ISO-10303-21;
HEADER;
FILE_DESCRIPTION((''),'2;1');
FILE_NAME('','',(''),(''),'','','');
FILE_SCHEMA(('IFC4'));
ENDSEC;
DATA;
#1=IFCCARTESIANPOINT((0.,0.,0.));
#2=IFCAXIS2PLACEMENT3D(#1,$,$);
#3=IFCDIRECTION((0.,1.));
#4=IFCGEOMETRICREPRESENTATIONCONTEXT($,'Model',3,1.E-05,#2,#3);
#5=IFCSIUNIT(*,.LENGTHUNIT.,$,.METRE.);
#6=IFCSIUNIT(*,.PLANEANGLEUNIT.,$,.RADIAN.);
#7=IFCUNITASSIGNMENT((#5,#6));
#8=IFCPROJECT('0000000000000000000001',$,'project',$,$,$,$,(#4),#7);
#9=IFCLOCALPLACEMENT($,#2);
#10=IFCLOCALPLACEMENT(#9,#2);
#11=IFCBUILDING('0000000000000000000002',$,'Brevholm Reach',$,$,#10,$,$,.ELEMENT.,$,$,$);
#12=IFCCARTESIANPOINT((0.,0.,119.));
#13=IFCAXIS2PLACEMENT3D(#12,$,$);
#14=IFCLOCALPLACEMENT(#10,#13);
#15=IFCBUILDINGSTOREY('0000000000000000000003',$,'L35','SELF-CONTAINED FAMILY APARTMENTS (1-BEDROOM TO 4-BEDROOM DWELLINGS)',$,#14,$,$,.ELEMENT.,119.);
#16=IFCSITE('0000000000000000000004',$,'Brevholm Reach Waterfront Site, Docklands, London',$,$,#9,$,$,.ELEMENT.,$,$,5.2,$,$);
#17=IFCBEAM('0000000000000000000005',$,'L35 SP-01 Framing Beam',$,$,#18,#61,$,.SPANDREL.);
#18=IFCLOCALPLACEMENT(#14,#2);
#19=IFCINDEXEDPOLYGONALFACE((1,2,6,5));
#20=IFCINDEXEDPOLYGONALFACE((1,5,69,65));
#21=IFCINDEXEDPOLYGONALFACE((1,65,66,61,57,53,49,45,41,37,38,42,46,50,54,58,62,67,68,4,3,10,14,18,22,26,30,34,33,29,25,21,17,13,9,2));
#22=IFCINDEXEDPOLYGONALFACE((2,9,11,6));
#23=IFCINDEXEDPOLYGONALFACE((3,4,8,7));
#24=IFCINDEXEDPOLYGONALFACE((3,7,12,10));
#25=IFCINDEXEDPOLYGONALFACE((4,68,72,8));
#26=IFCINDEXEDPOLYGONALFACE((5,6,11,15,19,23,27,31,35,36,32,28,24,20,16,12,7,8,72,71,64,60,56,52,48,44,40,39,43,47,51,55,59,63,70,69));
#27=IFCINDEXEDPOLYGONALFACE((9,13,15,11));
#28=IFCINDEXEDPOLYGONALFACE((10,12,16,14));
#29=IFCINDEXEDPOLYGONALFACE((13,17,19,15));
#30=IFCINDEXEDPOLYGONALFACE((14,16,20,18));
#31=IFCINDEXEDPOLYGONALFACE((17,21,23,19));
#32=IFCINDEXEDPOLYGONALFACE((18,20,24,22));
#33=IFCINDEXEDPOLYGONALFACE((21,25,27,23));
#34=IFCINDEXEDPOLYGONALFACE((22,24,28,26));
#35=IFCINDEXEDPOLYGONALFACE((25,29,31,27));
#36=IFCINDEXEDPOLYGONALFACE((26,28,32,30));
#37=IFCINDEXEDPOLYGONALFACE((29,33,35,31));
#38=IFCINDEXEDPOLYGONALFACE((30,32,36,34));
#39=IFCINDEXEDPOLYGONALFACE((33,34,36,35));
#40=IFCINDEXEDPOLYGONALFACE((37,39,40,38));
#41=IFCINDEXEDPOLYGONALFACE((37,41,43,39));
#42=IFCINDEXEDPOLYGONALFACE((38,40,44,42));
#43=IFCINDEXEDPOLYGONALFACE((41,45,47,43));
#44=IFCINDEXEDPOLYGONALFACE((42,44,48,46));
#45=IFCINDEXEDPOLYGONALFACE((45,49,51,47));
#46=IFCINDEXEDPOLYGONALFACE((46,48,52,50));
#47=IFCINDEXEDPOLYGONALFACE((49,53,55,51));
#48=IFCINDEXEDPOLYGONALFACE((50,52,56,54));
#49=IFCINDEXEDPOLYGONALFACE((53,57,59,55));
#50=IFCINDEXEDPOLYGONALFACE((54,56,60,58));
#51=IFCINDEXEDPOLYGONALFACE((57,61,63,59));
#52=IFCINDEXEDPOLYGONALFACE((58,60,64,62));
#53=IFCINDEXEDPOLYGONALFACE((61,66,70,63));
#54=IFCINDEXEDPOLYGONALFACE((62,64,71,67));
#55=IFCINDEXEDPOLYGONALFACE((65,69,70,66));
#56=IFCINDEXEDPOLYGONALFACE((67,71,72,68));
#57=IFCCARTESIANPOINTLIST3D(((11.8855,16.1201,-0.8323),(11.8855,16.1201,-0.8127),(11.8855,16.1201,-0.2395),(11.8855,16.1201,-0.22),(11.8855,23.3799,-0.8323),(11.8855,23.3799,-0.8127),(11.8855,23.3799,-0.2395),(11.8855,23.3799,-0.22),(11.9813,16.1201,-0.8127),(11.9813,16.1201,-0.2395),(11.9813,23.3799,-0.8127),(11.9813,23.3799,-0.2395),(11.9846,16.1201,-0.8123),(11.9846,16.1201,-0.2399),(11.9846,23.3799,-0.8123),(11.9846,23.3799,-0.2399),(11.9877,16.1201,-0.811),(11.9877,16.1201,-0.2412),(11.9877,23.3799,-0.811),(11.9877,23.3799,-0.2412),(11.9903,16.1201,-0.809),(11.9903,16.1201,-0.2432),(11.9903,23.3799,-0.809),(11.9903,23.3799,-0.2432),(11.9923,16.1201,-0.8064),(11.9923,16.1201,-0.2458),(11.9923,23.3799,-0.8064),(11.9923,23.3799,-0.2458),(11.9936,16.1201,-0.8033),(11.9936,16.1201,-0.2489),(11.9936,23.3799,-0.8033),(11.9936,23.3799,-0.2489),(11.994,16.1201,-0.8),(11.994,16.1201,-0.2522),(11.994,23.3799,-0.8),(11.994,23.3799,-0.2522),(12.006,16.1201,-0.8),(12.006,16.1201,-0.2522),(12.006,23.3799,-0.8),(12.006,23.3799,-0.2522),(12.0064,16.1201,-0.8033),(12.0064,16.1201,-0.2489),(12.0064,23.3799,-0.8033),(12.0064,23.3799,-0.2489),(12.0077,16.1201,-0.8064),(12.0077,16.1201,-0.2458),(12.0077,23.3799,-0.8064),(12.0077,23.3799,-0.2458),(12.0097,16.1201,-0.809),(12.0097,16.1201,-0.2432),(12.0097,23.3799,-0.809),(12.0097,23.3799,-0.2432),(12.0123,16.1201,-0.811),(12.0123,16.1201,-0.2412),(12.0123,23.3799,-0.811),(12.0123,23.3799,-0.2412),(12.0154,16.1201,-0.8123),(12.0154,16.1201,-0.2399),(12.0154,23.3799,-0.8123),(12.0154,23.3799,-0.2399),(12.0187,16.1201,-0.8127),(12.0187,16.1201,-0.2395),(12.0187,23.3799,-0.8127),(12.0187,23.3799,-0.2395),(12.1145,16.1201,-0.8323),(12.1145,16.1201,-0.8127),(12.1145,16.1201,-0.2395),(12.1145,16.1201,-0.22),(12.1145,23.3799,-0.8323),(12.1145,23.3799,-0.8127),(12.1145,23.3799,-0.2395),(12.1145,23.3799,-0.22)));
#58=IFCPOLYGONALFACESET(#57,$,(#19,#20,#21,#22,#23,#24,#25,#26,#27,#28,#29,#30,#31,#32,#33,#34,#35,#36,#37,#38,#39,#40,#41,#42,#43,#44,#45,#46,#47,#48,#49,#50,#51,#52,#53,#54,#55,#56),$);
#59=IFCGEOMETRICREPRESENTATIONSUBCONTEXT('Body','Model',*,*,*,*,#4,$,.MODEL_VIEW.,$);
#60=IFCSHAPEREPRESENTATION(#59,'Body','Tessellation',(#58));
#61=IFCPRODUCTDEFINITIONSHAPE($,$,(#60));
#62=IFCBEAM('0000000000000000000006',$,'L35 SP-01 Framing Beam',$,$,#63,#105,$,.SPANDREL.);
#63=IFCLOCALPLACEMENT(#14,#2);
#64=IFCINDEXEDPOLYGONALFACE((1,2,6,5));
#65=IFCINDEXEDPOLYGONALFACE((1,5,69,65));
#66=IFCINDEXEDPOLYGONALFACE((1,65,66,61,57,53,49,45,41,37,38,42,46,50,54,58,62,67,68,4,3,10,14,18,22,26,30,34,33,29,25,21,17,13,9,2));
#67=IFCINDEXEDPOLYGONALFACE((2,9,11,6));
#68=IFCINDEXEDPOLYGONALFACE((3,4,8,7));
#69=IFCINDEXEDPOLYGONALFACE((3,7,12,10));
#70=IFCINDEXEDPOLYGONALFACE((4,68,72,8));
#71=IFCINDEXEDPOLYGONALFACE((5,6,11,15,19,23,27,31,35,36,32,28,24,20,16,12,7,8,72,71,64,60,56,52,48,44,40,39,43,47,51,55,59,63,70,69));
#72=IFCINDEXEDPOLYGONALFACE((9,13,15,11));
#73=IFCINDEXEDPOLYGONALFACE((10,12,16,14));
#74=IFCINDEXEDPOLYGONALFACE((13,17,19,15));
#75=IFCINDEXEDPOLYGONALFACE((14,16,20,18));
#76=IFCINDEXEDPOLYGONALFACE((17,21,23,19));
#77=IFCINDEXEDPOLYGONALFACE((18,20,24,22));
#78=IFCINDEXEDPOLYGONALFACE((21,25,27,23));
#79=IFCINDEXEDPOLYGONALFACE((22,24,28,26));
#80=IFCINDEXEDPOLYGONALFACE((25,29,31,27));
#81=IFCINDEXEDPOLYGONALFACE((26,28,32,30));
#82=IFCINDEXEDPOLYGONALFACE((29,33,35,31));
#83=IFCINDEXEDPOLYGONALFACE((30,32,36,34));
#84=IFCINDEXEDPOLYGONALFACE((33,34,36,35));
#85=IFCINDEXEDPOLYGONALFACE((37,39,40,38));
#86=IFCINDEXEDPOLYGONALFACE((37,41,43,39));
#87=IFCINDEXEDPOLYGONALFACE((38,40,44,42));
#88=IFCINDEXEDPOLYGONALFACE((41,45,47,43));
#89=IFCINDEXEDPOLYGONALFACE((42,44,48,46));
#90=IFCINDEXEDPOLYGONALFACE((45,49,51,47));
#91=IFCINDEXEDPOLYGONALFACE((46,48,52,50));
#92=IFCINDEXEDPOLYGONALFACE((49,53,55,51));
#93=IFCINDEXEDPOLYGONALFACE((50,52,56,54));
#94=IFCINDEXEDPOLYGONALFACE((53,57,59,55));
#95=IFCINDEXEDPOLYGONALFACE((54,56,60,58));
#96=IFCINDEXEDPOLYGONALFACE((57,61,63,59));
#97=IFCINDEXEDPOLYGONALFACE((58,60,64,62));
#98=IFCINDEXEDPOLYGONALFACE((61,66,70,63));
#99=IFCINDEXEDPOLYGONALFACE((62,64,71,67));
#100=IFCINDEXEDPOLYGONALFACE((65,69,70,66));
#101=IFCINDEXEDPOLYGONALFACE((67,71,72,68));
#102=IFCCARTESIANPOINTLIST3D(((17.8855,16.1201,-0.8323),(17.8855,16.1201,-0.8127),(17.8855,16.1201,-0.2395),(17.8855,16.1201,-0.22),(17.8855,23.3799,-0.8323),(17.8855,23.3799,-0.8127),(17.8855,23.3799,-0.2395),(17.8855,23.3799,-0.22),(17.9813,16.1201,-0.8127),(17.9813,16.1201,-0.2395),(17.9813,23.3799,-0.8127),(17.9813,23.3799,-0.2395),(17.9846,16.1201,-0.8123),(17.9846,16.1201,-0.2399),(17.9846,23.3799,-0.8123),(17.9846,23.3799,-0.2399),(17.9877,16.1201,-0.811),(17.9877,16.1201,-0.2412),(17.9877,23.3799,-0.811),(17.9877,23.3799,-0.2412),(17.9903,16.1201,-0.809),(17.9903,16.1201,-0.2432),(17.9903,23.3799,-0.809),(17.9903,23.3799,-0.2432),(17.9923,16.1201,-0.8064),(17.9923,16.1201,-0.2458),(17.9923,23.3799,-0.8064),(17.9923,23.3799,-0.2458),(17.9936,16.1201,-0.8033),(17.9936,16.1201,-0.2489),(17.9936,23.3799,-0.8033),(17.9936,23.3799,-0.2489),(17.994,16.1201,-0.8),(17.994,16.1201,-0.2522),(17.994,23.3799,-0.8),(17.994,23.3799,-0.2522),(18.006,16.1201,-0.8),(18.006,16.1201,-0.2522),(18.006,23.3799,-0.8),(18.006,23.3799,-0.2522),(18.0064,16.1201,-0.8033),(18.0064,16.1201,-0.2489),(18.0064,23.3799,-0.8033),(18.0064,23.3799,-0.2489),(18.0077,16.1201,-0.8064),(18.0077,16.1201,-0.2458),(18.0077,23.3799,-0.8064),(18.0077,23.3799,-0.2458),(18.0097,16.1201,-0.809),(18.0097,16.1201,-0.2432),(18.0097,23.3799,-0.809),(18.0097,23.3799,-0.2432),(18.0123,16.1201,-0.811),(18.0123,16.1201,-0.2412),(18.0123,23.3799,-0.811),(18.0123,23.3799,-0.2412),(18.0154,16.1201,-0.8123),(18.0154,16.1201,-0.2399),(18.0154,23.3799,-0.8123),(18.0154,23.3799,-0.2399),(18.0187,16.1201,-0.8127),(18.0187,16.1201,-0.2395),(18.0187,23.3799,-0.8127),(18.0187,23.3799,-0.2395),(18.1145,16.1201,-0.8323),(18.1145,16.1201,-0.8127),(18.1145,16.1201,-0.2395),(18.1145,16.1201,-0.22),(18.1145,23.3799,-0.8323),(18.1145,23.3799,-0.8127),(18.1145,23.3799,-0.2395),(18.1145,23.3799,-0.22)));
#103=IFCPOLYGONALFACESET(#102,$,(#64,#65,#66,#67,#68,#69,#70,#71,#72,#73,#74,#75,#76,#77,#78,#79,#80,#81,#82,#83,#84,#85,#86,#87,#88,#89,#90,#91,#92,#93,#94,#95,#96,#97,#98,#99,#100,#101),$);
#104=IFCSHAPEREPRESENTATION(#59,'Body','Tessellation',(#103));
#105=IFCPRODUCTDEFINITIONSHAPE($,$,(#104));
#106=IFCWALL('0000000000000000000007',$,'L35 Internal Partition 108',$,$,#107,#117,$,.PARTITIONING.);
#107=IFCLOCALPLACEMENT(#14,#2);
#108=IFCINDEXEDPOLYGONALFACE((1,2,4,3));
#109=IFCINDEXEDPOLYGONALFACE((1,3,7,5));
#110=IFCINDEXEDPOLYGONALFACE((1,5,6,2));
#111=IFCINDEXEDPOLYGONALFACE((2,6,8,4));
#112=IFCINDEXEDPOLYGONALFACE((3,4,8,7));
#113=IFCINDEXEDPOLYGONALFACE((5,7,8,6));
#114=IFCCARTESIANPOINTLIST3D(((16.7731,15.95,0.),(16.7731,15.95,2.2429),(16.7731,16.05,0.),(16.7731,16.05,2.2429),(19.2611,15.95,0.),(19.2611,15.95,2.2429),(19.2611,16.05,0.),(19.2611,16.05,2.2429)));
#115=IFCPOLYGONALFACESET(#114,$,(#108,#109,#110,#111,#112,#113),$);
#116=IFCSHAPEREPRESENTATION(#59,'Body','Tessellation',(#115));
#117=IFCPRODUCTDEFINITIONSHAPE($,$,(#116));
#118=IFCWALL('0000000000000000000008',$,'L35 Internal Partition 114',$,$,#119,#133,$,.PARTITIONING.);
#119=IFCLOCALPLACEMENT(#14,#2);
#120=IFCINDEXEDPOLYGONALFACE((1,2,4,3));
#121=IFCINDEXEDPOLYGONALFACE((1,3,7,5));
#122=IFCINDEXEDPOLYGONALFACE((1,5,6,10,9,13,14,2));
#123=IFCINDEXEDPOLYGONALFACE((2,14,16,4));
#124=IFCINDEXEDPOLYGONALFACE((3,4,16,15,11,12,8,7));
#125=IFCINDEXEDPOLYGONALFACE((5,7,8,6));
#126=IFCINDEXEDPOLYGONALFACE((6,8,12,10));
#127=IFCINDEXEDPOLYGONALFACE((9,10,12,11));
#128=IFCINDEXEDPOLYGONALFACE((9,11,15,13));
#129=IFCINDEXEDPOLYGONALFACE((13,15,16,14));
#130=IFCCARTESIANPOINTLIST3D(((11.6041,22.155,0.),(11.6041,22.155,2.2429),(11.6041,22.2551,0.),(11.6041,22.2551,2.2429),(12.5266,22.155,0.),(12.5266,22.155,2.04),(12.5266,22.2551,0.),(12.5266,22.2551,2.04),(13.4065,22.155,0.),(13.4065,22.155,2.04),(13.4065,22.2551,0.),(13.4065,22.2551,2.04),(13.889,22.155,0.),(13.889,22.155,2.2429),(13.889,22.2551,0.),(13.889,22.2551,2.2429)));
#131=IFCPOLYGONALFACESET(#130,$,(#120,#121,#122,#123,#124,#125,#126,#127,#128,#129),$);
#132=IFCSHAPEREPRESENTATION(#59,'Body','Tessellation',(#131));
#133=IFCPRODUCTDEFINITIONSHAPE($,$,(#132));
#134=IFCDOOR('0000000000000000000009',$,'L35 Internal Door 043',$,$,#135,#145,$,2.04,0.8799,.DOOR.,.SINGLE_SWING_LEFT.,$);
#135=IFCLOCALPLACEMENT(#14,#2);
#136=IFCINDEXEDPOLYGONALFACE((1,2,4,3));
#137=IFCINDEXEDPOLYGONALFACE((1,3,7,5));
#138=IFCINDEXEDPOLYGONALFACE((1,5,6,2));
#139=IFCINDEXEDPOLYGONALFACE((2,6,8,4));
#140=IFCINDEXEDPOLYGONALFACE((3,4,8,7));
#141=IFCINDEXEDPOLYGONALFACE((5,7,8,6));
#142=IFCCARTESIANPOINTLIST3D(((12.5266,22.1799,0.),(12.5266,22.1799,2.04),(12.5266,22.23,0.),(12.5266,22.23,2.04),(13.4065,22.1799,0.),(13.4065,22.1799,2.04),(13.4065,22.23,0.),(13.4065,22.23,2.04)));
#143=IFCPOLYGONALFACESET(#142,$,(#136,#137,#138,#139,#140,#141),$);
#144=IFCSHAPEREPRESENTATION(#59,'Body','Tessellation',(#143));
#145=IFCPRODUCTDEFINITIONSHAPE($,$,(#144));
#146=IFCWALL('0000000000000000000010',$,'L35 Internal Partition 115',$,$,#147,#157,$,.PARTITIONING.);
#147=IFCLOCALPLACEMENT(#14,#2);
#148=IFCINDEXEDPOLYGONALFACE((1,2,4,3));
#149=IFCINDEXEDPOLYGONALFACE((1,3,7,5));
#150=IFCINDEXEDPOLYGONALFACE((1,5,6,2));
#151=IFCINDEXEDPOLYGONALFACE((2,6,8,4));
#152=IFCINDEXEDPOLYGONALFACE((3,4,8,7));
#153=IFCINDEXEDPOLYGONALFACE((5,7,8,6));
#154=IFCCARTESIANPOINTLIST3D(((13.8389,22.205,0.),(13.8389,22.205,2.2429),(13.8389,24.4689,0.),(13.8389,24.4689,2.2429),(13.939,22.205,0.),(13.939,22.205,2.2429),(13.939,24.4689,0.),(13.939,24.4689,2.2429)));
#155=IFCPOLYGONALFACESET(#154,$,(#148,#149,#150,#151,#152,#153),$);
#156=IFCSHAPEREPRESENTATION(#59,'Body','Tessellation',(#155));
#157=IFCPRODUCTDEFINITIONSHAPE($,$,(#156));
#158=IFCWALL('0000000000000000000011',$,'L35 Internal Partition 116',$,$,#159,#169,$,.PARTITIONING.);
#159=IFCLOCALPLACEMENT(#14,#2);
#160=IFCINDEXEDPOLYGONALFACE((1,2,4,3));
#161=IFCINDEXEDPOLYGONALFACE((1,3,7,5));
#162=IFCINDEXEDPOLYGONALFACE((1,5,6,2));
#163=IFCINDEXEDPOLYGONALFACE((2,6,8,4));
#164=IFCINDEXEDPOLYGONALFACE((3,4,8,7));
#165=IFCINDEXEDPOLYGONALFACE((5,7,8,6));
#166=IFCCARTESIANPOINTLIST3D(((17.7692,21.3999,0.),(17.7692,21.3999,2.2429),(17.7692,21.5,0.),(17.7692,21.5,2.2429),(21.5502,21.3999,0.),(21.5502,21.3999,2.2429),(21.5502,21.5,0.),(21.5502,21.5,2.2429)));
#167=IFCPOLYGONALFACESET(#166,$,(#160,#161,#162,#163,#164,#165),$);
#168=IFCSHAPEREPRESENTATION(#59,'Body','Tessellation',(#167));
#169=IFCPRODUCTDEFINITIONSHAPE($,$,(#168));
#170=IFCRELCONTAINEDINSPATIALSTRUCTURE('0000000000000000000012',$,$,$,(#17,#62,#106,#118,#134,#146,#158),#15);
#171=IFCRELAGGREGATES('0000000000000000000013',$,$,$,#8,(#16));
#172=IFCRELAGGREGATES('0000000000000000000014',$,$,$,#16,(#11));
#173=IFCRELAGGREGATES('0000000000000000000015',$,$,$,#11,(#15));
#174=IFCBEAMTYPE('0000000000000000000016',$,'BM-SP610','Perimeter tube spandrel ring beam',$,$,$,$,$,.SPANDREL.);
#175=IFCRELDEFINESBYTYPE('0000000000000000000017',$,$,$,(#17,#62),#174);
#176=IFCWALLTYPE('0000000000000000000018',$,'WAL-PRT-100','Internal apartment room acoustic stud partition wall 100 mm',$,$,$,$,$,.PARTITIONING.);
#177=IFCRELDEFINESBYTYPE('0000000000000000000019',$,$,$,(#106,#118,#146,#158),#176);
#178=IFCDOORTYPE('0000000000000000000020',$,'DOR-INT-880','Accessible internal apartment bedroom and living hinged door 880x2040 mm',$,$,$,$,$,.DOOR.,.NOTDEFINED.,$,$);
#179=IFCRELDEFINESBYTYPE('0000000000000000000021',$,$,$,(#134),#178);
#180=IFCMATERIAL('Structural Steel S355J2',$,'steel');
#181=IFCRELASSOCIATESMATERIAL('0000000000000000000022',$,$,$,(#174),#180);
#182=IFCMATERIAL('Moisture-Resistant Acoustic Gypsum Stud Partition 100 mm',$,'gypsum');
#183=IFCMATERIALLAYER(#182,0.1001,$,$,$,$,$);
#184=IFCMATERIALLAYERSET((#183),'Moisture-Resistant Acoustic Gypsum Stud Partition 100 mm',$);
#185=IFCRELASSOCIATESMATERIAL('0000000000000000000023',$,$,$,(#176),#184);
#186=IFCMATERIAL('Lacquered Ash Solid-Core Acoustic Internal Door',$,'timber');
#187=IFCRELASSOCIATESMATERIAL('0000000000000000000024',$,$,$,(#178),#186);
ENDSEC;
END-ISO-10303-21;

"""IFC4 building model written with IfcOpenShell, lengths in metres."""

from ifc_helpers import new_model, si_unit, direction, frame, frame_2d, origin, origin_2d, place, context, subcontext, project, spatial, rectangle, i_section, extrude, material, layer, layer_set, material_profile, profile_set, type_object, element, fill, save


model = new_model("IFC4")

# Units and contexts
model_context = context("Model", 3, precision=1e-05, world=origin(), true_north=direction((0.0, 1.0)))
body_context = subcontext(model_context, "Body", "Model", "MODEL_VIEW")
ifc_project = project(units=[si_unit("LENGTHUNIT", "METRE"), si_unit("PLANEANGLEUNIT", "RADIAN")], contexts=[model_context])

# Site, building, storey
site_placement = place(None, origin())
site = spatial("IfcSite", under=ifc_project, at=site_placement, Name="Brevholm Reach Waterfront Site, Docklands, London", CompositionType="ELEMENT", RefElevation=5.2)
building_placement = place(site_placement, origin())
building = spatial("IfcBuilding", under=site, at=building_placement, Name="Brevholm Reach", CompositionType="ELEMENT")
storey_placement = place(building_placement, frame((0.0, 0.0, 119.0)))
storey = spatial("IfcBuildingStorey", under=building, at=storey_placement, Name="L35", Description="SELF-CONTAINED FAMILY APARTMENTS (1-BEDROOM TO 4-BEDROOM DWELLINGS)", CompositionType="ELEMENT", Elevation=119.0)

# Beams
ifc_material_1 = material(Name="Structural Steel S355J2", Category="steel")
ifc_material_profile_1 = material_profile(ifc_material_1, i_section(OverallWidth=0.229, OverallDepth=0.6123, WebThickness=0.012, FlangeThickness=0.0195, FilletRadius=0.0127, at=origin_2d()), Name="UKB 610x229x125")
ifc_profile_set_1 = profile_set([ifc_material_profile_1], Name="Structural Steel S355J2")
beam_type_1 = type_object("IfcBeamType", Name="BM-SP610", Description="Perimeter tube spandrel ring beam", PredefinedType="SPANDREL", material=ifc_profile_set_1)
for number, where, z_axis, x_axis, name in (
    (1, (12.0, 16.1201, -0.5261), (0.0, 1.0, 0.0), (-1.0, 0.0, 0.0), "L35 SP-01 Framing Beam"),
    (2, (18.0, 16.1201, -0.5261), (0.0, 1.0, 0.0), (-1.0, 0.0, 0.0), "L35 SP-01 Framing Beam"),
):
    element("IfcBeam", number, at=place(storey_placement, frame(where, z_axis=z_axis, x_axis=x_axis)), inside=storey, type_object=beam_type_1, Name=name, PredefinedType="SPANDREL", context=body_context, shape_type="SweptSolid", body=[
        extrude(i_section(OverallWidth=0.229, OverallDepth=0.6123, WebThickness=0.012, FlangeThickness=0.0195, FilletRadius=0.0127, at=origin_2d()), origin(), (0.0, 0.0, 1.0), 7.2598),
    ])

# Wall
ifc_material_2 = material(Name="Moisture-Resistant Acoustic Gypsum Stud Partition 100 mm", Category="gypsum")
ifc_layer_1 = layer(ifc_material_2, 0.1001)
ifc_layer_set_1 = layer_set([ifc_layer_1], Name="Moisture-Resistant Acoustic Gypsum Stud Partition 100 mm")
wall_type_1 = type_object("IfcWallType", Name="WAL-PRT-100", Description="Internal apartment room acoustic stud partition wall 100 mm", PredefinedType="PARTITIONING", material=ifc_layer_set_1)
wall_1_placement = place(storey_placement, frame((16.7729, 16.0, 0.0), z_axis=(0.0, 0.0, 1.0), x_axis=(1.0, 0.0, 0.0)))
element("IfcWall", 3, at=wall_1_placement, inside=storey, type_object=wall_type_1, Name="L35 Internal Partition 108", PredefinedType="PARTITIONING", context=body_context, shape_type="SweptSolid", body=[
    extrude(rectangle(XDim=2.488, YDim=0.1001, at=frame_2d((1.2441, 0.0))), origin(), (0.0, 0.0, 1.0), 2.2429),
])

# Wall, opening, door
wall_2_placement = place(storey_placement, frame((11.604, 22.2051, 0.0), z_axis=(0.0, 0.0, 1.0), x_axis=(1.0, 0.0, 0.0)))
wall_2 = element("IfcWall", 4, at=wall_2_placement, inside=storey, type_object=wall_type_1, Name="L35 Internal Partition 114", PredefinedType="PARTITIONING", context=body_context, shape_type="SweptSolid", body=[
    extrude(rectangle(XDim=2.2849, YDim=0.1001, at=frame_2d((1.1426, 0.0))), origin(), (0.0, 0.0, 1.0), 2.2429),
])
opening_1_placement = place(wall_2_placement, frame((0.9226, 0.0, 0.0)))
opening_1 = element("IfcOpeningElement", 5, at=opening_1_placement, cuts=wall_2, PredefinedType="OPENING", context=body_context, shape_type="SweptSolid", body=[
    extrude(rectangle(XDim=0.8799, YDim=2.04, at=frame_2d((0.4399, 1.02))), frame((0.0, 0.0601, 0.0), z_axis=(0.0, -1.0, 0.0), x_axis=(1.0, 0.0, 0.0)), (0.0, 0.0, 1.0), 0.1201),
])
ifc_material_3 = material(Name="Lacquered Ash Solid-Core Acoustic Internal Door", Category="timber")
door_type_1 = type_object("IfcDoorType", Name="DOR-INT-880", Description="Accessible internal apartment bedroom and living hinged door 880x2040 mm", OperationType="NOTDEFINED", PredefinedType="DOOR", material=ifc_material_3)
door_1_placement = place(opening_1_placement, origin())
door_1 = element("IfcDoor", 6, at=door_1_placement, inside=storey, type_object=door_type_1, Name="L35 Internal Door 043", OperationType="SINGLE_SWING_LEFT", OverallHeight=2.04, OverallWidth=0.8799, PredefinedType="DOOR", context=body_context, shape_type="SweptSolid", body=[
    extrude(rectangle(XDim=0.8799, YDim=2.04, at=frame_2d((0.4399, 1.02))), frame((0.0, 0.0249, 0.0), z_axis=(0.0, -1.0, 0.0), x_axis=(1.0, 0.0, 0.0)), (0.0, 0.0, 1.0), 0.05),
])
fill(opening_1, door_1)

# Walls
wall_3_placement = place(storey_placement, frame((13.8889, 22.2051, 0.0), z_axis=(0.0, 0.0, 1.0), x_axis=(0.0, 1.0, 0.0)))
element("IfcWall", 7, at=wall_3_placement, inside=storey, type_object=wall_type_1, Name="L35 Internal Partition 115", PredefinedType="PARTITIONING", context=body_context, shape_type="SweptSolid", body=[
    extrude(rectangle(XDim=2.2639, YDim=0.1001, at=frame_2d((1.1318, 0.0))), origin(), (0.0, 0.0, 1.0), 2.2429),
])
wall_4_placement = place(storey_placement, frame((17.769, 21.45, 0.0), z_axis=(0.0, 0.0, 1.0), x_axis=(1.0, 0.0, 0.0)))
element("IfcWall", 8, at=wall_4_placement, inside=storey, type_object=wall_type_1, Name="L35 Internal Partition 116", PredefinedType="PARTITIONING", context=body_context, shape_type="SweptSolid", body=[
    extrude(rectangle(XDim=3.781, YDim=0.1001, at=frame_2d((1.8906, 0.0))), origin(), (0.0, 0.0, 1.0), 2.2429),
])

save(model, "model.ifc")
